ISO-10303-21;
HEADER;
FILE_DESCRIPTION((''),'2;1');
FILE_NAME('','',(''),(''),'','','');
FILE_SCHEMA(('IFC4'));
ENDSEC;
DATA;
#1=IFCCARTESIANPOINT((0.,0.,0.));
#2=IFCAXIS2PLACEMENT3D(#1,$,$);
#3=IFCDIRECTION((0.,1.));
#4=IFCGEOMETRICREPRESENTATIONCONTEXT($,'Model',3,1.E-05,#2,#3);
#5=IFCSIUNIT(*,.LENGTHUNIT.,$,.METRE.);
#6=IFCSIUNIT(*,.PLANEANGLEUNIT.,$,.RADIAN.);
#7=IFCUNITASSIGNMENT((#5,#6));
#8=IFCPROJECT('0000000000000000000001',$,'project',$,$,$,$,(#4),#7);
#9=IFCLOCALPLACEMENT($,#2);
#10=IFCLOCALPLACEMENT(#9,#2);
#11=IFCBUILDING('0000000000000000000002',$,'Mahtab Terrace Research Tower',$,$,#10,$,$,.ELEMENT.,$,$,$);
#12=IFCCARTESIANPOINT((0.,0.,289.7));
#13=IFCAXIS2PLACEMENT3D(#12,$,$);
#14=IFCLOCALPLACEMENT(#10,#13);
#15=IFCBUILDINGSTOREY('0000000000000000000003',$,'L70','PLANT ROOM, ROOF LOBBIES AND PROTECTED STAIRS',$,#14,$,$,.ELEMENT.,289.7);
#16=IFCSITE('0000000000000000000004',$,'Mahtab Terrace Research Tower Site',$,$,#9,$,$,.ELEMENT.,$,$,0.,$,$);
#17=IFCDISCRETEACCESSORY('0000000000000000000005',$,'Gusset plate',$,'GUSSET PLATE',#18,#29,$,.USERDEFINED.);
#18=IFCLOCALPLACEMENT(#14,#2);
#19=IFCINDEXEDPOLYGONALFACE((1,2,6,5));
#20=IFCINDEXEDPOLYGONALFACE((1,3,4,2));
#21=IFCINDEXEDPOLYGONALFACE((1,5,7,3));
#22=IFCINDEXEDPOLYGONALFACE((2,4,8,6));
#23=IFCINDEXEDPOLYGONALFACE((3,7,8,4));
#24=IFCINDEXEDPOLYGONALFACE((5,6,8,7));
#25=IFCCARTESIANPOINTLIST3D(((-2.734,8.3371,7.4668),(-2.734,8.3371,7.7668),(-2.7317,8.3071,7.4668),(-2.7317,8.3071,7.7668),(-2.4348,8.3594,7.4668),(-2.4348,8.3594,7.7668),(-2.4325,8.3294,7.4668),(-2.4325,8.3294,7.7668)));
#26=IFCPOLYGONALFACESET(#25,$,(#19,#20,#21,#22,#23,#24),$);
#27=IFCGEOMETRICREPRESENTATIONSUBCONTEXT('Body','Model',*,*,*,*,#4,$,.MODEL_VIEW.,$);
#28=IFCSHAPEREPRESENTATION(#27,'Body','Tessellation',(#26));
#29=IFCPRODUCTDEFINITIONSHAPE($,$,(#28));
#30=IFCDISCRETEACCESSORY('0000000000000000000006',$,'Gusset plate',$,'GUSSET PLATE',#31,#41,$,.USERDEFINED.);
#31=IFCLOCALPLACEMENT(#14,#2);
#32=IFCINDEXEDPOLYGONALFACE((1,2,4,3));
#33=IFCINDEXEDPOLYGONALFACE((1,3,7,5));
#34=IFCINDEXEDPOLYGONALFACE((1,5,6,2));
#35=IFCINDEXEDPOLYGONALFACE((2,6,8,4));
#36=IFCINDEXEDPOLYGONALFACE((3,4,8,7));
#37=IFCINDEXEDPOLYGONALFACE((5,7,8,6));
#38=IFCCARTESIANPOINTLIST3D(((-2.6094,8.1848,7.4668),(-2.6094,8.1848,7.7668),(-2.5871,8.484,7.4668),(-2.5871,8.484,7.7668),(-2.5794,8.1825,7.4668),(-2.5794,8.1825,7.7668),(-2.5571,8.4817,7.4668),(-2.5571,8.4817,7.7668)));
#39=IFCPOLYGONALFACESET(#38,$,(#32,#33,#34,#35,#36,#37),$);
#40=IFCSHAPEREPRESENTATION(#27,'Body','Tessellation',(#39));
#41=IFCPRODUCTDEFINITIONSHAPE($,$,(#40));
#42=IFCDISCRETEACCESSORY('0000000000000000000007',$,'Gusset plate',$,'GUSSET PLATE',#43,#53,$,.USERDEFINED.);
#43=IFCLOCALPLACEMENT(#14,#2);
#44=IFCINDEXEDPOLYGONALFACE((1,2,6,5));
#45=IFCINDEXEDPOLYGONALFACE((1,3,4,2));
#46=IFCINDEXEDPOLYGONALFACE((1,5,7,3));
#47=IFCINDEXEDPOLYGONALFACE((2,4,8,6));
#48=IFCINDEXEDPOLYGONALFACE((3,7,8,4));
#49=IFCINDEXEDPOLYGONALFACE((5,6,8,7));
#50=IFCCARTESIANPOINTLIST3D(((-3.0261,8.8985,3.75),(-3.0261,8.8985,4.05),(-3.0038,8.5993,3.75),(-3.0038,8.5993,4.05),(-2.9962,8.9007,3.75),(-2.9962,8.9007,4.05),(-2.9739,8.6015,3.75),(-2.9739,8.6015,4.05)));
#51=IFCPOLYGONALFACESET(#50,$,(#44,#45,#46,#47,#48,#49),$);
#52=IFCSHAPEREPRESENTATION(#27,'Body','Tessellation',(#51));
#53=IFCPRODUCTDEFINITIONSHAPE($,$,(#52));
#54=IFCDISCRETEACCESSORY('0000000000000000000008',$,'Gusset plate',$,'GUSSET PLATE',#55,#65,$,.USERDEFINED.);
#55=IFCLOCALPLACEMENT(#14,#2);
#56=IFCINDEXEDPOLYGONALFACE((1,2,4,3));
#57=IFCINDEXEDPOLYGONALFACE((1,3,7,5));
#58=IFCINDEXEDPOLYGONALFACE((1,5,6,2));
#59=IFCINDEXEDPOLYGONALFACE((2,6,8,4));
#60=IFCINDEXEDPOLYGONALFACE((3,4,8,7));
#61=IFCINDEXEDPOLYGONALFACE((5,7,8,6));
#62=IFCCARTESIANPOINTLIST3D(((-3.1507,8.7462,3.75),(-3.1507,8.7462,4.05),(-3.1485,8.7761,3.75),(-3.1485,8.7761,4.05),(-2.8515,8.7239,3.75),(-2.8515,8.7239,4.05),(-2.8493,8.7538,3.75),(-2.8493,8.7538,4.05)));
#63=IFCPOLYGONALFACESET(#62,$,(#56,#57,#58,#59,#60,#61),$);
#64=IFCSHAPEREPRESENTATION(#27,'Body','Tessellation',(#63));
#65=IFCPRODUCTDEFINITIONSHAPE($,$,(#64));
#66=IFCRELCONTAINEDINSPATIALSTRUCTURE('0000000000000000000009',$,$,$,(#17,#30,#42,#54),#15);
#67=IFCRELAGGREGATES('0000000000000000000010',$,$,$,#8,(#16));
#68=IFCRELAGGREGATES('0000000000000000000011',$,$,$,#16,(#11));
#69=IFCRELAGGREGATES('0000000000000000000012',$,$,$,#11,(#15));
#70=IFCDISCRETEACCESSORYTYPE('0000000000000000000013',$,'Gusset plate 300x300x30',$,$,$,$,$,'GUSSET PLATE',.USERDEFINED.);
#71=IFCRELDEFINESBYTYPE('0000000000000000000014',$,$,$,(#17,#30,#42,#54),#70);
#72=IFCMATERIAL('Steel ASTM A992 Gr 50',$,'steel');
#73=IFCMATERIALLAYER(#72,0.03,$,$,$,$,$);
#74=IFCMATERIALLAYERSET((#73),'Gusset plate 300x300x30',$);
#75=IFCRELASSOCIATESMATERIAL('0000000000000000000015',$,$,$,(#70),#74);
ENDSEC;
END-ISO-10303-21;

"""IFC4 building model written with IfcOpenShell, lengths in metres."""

from ifc_helpers import new_model, si_unit, direction, frame, origin, origin_2d, place, context, subcontext, project, spatial, rectangle, extrude, material, layer, layer_set, type_object, element, save


model = new_model("IFC4")

# Units and contexts
model_context = context("Model", 3, precision=1e-05, world=origin(), true_north=direction((0.0, 1.0)))
body_context = subcontext(model_context, "Body", "Model", "MODEL_VIEW")
ifc_project = project(units=[si_unit("LENGTHUNIT", "METRE"), si_unit("PLANEANGLEUNIT", "RADIAN")], contexts=[model_context])

# Site, building, storey
site_placement = place(None, origin())
site = spatial("IfcSite", under=ifc_project, at=site_placement, Name="Mahtab Terrace Research Tower Site", CompositionType="ELEMENT", RefElevation=0.0)
building_placement = place(site_placement, origin())
building = spatial("IfcBuilding", under=site, at=building_placement, Name="Mahtab Terrace Research Tower", CompositionType="ELEMENT")
storey_placement = place(building_placement, frame((0.0, 0.0, 289.7)))
storey = spatial("IfcBuildingStorey", under=building, at=storey_placement, Name="L70", Description="PLANT ROOM, ROOF LOBBIES AND PROTECTED STAIRS", CompositionType="ELEMENT", Elevation=289.7)

# Shared definitions
ifc_material_1 = material(Name="Steel ASTM A992 Gr 50", Category="steel")

# Discrete accessories
ifc_layer_1 = layer(ifc_material_1, 0.03)
ifc_layer_set_1 = layer_set([ifc_layer_1], Name="Gusset plate 300x300x30")
discrete_accessory_type = type_object("IfcDiscreteAccessoryType", Name="Gusset plate 300x300x30", ElementType="GUSSET PLATE", PredefinedType="USERDEFINED", material=ifc_layer_set_1)
for number, where, z_axis, x_axis, name in (
    (1, (-2.5833, 8.3333, 7.4668), (0.0, 0.0, 1.0), (0.997227, 0.074422, 0.0), "Gusset plate"),
    (2, (-2.5833, 8.3333, 7.4668), (0.0, 0.0, 1.0), (0.074404, 0.997228, 0.0), "Gusset plate"),
    (3, (-3.0, 8.75, 3.75), (0.0, 0.0, 1.0), (-0.074422, 0.997227, 0.0), "Gusset plate"),
    (4, (-3.0, 8.75, 3.75), (0.0, 0.0, 1.0), (-0.997227, 0.074422, 0.0), "Gusset plate"),
):
    element("IfcDiscreteAccessory", number, at=place(storey_placement, frame(where, z_axis=z_axis, x_axis=x_axis)), inside=storey, type_object=discrete_accessory_type, Name=name, ObjectType="GUSSET PLATE", PredefinedType="USERDEFINED", context=body_context, shape_type="SweptSolid", body=[
        extrude(rectangle(XDim=0.3, YDim=0.03, at=origin_2d()), origin(), (0.0, 0.0, 1.0), 0.3),
    ])

save(model, "model.ifc")
